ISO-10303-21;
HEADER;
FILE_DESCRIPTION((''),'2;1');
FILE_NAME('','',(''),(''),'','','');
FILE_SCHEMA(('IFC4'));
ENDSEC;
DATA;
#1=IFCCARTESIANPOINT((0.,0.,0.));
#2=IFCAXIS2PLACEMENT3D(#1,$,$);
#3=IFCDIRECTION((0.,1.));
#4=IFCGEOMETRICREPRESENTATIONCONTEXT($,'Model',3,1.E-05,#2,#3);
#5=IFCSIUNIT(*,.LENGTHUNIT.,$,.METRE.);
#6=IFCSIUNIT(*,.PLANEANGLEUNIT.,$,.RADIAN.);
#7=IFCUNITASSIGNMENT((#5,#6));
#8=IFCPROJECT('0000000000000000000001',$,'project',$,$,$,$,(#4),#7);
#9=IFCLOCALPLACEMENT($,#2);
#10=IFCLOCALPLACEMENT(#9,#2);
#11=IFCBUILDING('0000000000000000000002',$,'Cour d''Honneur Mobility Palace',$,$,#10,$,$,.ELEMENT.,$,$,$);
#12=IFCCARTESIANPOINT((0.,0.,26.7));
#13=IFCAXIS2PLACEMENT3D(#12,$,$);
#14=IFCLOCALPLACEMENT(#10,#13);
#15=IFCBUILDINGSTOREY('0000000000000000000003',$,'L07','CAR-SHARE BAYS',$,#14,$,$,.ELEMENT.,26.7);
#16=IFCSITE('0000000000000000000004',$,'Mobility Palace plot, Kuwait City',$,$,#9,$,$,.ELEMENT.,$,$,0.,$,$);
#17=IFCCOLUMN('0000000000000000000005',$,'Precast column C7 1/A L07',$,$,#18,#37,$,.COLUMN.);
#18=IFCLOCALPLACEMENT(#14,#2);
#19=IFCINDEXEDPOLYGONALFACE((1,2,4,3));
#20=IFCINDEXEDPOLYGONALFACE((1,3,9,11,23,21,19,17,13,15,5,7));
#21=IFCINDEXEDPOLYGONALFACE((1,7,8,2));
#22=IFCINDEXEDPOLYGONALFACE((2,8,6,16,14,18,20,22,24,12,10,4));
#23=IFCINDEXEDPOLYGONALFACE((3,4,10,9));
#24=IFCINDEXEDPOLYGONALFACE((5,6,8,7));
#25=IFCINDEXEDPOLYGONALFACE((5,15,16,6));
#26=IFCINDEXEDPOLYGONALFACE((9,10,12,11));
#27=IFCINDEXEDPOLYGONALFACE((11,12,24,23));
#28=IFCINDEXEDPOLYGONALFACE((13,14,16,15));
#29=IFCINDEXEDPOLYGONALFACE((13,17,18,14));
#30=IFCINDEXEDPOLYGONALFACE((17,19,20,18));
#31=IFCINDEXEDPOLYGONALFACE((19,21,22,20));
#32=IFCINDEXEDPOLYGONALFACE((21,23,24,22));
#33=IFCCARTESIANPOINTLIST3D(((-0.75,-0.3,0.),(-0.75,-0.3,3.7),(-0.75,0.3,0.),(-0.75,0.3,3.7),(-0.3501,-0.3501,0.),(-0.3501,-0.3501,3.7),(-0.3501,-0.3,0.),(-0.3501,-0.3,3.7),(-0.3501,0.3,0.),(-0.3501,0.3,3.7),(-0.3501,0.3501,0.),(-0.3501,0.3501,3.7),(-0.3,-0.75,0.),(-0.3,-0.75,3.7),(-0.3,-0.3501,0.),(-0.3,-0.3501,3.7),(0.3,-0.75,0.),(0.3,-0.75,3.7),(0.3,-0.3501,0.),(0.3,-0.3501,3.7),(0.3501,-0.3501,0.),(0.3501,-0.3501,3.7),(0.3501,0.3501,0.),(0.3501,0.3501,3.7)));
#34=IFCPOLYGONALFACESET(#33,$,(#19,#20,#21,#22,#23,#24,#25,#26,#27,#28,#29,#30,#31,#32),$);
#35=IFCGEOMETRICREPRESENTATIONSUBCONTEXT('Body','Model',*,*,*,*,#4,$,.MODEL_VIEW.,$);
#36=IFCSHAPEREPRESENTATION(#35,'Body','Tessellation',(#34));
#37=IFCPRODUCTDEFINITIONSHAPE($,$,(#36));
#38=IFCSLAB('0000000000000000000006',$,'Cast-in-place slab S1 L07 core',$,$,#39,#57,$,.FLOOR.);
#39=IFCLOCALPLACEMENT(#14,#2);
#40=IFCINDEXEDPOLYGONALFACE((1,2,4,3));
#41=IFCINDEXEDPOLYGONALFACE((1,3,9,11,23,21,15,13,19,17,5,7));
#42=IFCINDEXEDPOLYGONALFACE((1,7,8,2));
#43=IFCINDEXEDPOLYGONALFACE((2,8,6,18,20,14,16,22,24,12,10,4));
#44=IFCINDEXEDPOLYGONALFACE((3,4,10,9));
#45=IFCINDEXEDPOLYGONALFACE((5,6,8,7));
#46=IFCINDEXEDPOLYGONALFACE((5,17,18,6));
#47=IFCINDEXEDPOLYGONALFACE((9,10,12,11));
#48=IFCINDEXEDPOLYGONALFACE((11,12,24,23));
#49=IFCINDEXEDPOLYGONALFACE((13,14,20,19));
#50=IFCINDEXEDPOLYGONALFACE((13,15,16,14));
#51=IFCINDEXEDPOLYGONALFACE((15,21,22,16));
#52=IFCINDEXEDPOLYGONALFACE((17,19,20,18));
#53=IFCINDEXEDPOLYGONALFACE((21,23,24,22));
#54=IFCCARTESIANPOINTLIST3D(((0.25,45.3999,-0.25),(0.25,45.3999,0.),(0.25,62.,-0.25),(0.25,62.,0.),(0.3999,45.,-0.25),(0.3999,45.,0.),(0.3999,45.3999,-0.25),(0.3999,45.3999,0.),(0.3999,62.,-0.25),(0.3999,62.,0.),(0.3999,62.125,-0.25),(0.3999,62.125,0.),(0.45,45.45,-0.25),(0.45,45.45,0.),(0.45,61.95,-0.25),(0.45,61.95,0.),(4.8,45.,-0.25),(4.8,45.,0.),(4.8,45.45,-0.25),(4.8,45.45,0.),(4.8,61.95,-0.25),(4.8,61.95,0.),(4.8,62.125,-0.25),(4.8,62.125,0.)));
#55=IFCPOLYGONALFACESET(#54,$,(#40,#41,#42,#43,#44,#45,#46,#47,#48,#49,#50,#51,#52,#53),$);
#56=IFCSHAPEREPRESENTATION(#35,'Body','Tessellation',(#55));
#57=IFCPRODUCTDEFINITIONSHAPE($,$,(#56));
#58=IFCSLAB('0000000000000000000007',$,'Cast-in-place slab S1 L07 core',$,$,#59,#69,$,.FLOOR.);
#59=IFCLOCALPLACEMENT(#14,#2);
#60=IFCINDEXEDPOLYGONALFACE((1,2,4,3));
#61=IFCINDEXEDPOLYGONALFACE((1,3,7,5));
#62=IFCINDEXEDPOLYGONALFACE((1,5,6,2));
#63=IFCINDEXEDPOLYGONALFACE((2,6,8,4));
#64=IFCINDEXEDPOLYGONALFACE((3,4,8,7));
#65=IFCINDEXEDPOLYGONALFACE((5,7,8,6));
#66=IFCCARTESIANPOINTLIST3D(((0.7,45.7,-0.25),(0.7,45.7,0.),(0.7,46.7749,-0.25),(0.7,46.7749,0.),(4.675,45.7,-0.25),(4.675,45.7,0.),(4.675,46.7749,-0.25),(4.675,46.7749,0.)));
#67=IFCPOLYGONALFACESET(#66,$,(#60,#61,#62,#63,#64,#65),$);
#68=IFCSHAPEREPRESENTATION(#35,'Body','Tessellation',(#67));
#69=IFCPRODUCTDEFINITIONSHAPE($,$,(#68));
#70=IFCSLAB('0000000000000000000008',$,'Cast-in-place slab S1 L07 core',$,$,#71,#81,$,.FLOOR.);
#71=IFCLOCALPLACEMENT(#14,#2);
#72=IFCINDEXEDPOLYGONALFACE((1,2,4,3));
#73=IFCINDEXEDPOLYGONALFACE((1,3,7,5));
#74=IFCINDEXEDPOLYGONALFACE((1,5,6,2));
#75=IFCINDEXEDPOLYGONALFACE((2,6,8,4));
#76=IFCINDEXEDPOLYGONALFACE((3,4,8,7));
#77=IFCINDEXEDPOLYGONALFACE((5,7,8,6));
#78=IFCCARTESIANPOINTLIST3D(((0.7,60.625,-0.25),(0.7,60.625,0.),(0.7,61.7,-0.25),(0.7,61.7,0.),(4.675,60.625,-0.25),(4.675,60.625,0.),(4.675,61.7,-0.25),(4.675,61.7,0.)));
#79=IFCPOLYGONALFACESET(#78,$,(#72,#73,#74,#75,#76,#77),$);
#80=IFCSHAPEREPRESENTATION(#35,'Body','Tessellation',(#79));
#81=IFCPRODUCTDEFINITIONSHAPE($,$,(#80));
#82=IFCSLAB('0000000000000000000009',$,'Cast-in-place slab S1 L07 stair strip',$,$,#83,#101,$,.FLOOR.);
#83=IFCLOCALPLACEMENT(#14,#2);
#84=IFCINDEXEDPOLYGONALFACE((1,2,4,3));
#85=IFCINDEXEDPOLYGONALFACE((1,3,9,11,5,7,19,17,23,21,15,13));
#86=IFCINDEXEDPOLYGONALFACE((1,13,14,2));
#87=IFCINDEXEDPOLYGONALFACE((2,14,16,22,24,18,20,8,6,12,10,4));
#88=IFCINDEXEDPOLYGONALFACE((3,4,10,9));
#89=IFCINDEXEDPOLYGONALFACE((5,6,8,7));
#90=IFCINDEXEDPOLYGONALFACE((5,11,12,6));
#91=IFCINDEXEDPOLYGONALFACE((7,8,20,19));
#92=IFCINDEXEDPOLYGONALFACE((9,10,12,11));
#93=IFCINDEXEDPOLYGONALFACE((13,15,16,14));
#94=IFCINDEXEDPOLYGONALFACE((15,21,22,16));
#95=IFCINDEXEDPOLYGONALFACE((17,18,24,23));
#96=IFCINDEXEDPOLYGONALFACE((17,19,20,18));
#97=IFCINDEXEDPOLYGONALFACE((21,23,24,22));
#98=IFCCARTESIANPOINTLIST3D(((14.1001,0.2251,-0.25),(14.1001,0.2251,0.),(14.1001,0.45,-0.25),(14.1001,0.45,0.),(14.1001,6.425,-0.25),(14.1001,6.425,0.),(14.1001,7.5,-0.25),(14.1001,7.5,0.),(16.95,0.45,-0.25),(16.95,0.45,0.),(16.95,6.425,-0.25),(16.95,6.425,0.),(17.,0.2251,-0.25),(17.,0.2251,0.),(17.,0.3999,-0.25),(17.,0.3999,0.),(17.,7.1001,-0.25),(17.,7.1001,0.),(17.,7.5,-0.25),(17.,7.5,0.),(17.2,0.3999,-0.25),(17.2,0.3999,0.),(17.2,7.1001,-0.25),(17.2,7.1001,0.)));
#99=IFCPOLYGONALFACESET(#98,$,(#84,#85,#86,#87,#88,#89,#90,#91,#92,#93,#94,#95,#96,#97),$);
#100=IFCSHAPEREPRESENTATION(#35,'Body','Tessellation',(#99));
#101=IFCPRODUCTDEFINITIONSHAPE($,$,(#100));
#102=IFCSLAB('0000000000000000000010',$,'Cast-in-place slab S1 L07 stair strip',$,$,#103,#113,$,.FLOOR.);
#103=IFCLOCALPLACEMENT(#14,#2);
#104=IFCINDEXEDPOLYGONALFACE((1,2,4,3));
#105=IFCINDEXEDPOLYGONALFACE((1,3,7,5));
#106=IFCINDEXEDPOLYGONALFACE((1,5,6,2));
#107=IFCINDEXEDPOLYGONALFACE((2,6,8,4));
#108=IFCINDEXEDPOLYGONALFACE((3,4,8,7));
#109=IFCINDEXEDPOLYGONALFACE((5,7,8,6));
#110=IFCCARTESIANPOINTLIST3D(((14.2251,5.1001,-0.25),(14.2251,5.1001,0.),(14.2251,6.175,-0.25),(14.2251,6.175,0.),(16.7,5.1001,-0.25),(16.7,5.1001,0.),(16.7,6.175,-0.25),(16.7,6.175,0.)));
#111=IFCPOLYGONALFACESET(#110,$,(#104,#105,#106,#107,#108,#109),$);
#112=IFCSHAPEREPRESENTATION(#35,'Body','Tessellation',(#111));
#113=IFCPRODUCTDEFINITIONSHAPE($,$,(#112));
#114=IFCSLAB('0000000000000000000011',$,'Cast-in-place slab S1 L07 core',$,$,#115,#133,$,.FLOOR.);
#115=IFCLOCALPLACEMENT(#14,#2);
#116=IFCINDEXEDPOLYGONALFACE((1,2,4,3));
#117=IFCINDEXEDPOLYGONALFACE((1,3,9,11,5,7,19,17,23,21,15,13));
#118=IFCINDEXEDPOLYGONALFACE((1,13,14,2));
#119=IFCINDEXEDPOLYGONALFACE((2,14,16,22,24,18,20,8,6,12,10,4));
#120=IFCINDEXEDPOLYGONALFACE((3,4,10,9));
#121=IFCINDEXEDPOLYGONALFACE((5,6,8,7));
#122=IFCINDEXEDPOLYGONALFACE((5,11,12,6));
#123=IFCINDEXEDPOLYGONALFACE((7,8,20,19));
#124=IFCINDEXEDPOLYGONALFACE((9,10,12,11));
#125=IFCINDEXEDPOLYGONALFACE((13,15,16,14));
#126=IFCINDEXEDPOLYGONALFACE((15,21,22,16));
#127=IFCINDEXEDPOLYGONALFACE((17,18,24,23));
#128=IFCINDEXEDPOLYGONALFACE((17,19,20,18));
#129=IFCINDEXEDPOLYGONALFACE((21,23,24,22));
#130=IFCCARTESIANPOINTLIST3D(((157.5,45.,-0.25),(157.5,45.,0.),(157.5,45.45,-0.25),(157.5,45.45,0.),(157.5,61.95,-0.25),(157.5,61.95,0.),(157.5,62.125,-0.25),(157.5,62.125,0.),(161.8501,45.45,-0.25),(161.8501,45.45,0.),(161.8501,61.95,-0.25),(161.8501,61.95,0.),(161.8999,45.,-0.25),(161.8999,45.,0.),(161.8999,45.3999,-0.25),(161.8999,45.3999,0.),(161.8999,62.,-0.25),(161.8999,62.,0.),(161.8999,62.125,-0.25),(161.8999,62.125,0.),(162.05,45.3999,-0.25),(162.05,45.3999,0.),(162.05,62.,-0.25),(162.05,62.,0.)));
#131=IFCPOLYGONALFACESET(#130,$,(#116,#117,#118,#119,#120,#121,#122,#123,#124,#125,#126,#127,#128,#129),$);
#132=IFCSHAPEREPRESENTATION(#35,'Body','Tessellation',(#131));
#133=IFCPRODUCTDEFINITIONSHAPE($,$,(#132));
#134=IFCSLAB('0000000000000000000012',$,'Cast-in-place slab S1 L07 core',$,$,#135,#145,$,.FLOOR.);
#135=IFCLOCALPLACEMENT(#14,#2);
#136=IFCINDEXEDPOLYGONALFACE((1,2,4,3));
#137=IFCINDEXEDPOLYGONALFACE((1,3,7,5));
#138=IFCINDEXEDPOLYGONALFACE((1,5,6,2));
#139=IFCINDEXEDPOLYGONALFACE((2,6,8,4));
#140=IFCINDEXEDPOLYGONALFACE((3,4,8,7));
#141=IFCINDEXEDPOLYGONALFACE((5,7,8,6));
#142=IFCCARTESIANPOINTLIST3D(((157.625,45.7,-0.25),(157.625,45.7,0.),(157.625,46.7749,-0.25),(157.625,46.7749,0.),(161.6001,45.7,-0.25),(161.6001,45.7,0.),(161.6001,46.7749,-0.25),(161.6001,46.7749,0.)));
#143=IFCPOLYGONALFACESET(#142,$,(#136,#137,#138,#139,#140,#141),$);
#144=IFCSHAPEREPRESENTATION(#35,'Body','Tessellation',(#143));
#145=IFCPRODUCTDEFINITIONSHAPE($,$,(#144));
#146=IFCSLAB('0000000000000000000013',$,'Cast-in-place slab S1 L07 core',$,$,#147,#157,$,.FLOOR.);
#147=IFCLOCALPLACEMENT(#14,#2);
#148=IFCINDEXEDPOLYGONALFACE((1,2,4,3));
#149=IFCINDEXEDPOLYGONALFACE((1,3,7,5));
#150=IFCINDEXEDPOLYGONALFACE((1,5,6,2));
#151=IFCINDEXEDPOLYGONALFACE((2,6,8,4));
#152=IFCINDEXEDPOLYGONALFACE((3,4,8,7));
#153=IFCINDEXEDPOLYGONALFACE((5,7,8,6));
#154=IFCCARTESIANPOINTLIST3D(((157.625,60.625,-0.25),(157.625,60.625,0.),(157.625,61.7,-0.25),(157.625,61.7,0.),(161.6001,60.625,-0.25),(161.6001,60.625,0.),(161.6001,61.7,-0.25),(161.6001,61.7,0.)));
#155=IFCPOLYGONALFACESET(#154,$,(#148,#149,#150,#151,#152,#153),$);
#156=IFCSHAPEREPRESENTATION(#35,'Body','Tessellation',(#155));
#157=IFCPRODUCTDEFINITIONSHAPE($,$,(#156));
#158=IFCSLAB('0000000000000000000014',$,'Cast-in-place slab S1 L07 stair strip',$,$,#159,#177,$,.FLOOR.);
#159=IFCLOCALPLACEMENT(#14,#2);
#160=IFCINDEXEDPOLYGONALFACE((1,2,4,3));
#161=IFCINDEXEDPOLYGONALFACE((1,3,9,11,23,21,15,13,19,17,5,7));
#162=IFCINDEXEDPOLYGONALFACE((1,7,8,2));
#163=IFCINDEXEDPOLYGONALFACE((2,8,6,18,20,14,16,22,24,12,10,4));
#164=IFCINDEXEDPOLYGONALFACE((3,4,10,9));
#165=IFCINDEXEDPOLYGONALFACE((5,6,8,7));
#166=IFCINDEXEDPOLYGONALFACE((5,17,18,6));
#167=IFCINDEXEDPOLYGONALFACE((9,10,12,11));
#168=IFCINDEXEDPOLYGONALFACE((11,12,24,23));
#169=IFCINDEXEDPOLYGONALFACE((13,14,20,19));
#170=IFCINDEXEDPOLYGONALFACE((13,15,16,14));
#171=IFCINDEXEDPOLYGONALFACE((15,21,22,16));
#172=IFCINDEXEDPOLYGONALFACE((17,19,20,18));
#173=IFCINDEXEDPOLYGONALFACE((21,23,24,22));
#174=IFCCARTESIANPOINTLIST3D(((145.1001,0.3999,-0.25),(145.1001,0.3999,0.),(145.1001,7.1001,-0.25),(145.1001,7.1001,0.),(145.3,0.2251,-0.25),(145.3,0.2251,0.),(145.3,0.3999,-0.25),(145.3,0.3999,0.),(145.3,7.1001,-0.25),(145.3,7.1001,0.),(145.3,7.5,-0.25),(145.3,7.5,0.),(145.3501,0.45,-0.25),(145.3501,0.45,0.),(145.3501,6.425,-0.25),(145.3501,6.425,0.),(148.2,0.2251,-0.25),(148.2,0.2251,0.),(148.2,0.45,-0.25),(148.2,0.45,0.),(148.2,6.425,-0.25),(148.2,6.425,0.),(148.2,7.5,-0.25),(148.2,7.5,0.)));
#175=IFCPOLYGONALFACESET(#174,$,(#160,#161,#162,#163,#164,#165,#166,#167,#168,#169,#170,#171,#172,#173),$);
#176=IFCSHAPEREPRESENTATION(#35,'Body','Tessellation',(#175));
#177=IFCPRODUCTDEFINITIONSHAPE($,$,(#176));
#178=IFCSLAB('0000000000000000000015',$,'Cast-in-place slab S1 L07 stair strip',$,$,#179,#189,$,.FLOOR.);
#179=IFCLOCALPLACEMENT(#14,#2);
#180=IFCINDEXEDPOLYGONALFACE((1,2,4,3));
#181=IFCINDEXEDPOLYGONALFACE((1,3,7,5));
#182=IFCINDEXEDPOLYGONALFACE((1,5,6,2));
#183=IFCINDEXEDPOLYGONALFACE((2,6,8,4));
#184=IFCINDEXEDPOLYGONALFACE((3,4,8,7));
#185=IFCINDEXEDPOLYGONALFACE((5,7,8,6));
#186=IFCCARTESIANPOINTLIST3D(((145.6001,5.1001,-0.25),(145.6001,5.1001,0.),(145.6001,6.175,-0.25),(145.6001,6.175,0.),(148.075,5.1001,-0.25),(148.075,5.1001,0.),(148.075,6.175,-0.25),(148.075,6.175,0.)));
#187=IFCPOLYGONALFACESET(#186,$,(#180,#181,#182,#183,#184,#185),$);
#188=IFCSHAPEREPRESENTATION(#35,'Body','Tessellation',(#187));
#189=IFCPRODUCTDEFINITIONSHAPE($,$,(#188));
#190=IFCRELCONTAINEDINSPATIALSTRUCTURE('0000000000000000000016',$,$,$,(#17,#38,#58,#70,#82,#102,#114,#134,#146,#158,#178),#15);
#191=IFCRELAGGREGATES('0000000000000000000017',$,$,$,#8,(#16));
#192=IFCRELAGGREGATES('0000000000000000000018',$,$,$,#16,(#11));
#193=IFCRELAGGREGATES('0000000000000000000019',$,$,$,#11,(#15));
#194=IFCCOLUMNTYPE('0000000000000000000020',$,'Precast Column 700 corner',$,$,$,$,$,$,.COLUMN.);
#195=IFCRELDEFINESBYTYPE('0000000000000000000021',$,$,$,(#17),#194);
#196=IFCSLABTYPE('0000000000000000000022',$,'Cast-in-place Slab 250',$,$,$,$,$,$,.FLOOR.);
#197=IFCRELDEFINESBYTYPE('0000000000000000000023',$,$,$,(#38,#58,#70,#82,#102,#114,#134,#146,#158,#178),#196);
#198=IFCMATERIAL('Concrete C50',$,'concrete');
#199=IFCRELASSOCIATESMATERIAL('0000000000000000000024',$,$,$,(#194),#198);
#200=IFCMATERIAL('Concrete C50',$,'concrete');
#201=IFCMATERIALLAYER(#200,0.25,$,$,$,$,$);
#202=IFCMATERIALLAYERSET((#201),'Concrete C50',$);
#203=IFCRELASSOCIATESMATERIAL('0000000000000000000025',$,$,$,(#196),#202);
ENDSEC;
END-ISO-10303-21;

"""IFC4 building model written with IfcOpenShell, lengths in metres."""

from ifc_helpers import new_model, si_unit, direction, frame, origin, place, context, subcontext, project, spatial, polyline, outline, extrude, material, layer, layer_set, material_profile, profile_set, type_object, element, save


model = new_model("IFC4")

# Units and contexts
model_context = context("Model", 3, precision=1e-05, world=origin(), true_north=direction((0.0, 1.0)))
body_context = subcontext(model_context, "Body", "Model", "MODEL_VIEW")
ifc_project = project(units=[si_unit("LENGTHUNIT", "METRE"), si_unit("PLANEANGLEUNIT", "RADIAN")], contexts=[model_context])

# Site, building, storey
site_placement = place(None, origin())
site = spatial("IfcSite", under=ifc_project, at=site_placement, Name="Mobility Palace plot, Kuwait City", CompositionType="ELEMENT", RefElevation=0.0)
building_placement = place(site_placement, origin())
building = spatial("IfcBuilding", under=site, at=building_placement, Name="Cour d'Honneur Mobility Palace", CompositionType="ELEMENT")
storey_placement = place(building_placement, frame((0.0, 0.0, 26.7)))
storey = spatial("IfcBuildingStorey", under=building, at=storey_placement, Name="L07", Description="CAR-SHARE BAYS", CompositionType="ELEMENT", Elevation=26.7)

# Column
ifc_material_1 = material(Name="Concrete C50", Category="concrete")
ifc_material_profile = material_profile(ifc_material_1, outline(polyline([(-0.3501, -0.3501), (0.3501, -0.3501), (0.3501, -0.3), (0.75, -0.3), (0.75, 0.3), (0.3501, 0.3), (0.3501, 0.3501), (0.3, 0.3501), (0.3, 0.75), (-0.3, 0.75), (-0.3, 0.3501), (-0.3501, 0.3501), (-0.3501, -0.3501)])), Name="PC C700 corner")
ifc_profile_set = profile_set([ifc_material_profile], Name="Concrete C50")
column_type = type_object("IfcColumnType", Name="Precast Column 700 corner", PredefinedType="COLUMN", material=ifc_profile_set)
column_placement = place(storey_placement, frame((0.0, 0.0, 0.0), z_axis=(0.0, 0.0, 1.0), x_axis=(-1.0, 0.0, 0.0)))
element("IfcColumn", 1, at=column_placement, inside=storey, type_object=column_type, Name="Precast column C7 1/A L07", PredefinedType="COLUMN", context=body_context, shape_type="SweptSolid", body=[
    extrude(outline(polyline([(-0.3501, -0.3501), (0.3501, -0.3501), (0.3501, -0.3), (0.75, -0.3), (0.75, 0.3), (0.3501, 0.3), (0.3501, 0.3501), (0.3, 0.3501), (0.3, 0.75), (-0.3, 0.75), (-0.3, 0.3501), (-0.3501, 0.3501), (-0.3501, -0.3501)])), origin(), (0.0, 0.0, 1.0), 3.7),
])

# Slabs
ifc_material_2 = material(Name="Concrete C50", Category="concrete")
ifc_layer_1 = layer(ifc_material_2, 0.25)
ifc_layer_set_1 = layer_set([ifc_layer_1], Name="Concrete C50")
slab_type_1 = type_object("IfcSlabType", Name="Cast-in-place Slab 250", PredefinedType="FLOOR", material=ifc_layer_set_1)
slab_1_placement = place(storey_placement, frame((0.0, 0.0, -0.25)))
element("IfcSlab", 2, at=slab_1_placement, inside=storey, type_object=slab_type_1, Name="Cast-in-place slab S1 L07 core", PredefinedType="FLOOR", context=body_context, shape_type="SweptSolid", body=[
    extrude(outline(polyline([(0.3999, 45.3999), (0.25, 45.3999), (0.25, 62.0), (0.3999, 62.0), (0.3999, 62.125), (4.8, 62.125), (4.8, 61.95), (0.45, 61.95), (0.45, 45.45), (4.8, 45.45), (4.8, 45.0), (0.3999, 45.0), (0.3999, 45.3999)])), origin(), (0.0, 0.0, 1.0), 0.25),
])
slab_2_placement = place(storey_placement, frame((0.0, 0.0, -0.25)))
element("IfcSlab", 3, at=slab_2_placement, inside=storey, type_object=slab_type_1, Name="Cast-in-place slab S1 L07 core", PredefinedType="FLOOR", context=body_context, shape_type="SweptSolid", body=[
    extrude(outline(polyline([(0.7, 45.7), (0.7, 46.7749), (4.675, 46.7749), (4.675, 45.7), (0.7, 45.7)])), origin(), (0.0, 0.0, 1.0), 0.25),
])
slab_3_placement = place(storey_placement, frame((0.0, 0.0, -0.25)))
element("IfcSlab", 4, at=slab_3_placement, inside=storey, type_object=slab_type_1, Name="Cast-in-place slab S1 L07 core", PredefinedType="FLOOR", context=body_context, shape_type="SweptSolid", body=[
    extrude(outline(polyline([(4.675, 61.7), (4.675, 60.625), (0.7, 60.625), (0.7, 61.7), (4.675, 61.7)])), origin(), (0.0, 0.0, 1.0), 0.25),
])
slab_4_placement = place(storey_placement, frame((0.0, 0.0, -0.25)))
element("IfcSlab", 5, at=slab_4_placement, inside=storey, type_object=slab_type_1, Name="Cast-in-place slab S1 L07 stair strip", PredefinedType="FLOOR", context=body_context, shape_type="SweptSolid", body=[
    extrude(outline(polyline([(17.0, 7.1001), (17.2, 7.1001), (17.2, 0.3999), (17.0, 0.3999), (17.0, 0.2251), (14.1001, 0.2251), (14.1001, 0.45), (16.95, 0.45), (16.95, 6.425), (14.1001, 6.425), (14.1001, 7.5), (17.0, 7.5), (17.0, 7.1001)])), origin(), (0.0, 0.0, 1.0), 0.25),
])
slab_5_placement = place(storey_placement, frame((0.0, 0.0, -0.25)))
element("IfcSlab", 6, at=slab_5_placement, inside=storey, type_object=slab_type_1, Name="Cast-in-place slab S1 L07 stair strip", PredefinedType="FLOOR", context=body_context, shape_type="SweptSolid", body=[
    extrude(outline(polyline([(16.7, 6.175), (16.7, 5.1001), (14.2251, 5.1001), (14.2251, 6.175), (16.7, 6.175)])), origin(), (0.0, 0.0, 1.0), 0.25),
])
slab_6_placement = place(storey_placement, frame((0.0, 0.0, -0.25)))
element("IfcSlab", 7, at=slab_6_placement, inside=storey, type_object=slab_type_1, Name="Cast-in-place slab S1 L07 core", PredefinedType="FLOOR", context=body_context, shape_type="SweptSolid", body=[
    extrude(outline(polyline([(161.8999, 62.0), (162.05, 62.0), (162.05, 45.3999), (161.8999, 45.3999), (161.8999, 45.0), (157.5, 45.0), (157.5, 45.45), (161.8501, 45.45), (161.8501, 61.95), (157.5, 61.95), (157.5, 62.125), (161.8999, 62.125), (161.8999, 62.0)])), origin(), (0.0, 0.0, 1.0), 0.25),
])
slab_7_placement = place(storey_placement, frame((0.0, 0.0, -0.25)))
element("IfcSlab", 8, at=slab_7_placement, inside=storey, type_object=slab_type_1, Name="Cast-in-place slab S1 L07 core", PredefinedType="FLOOR", context=body_context, shape_type="SweptSolid", body=[
    extrude(outline(polyline([(157.625, 46.7749), (161.6001, 46.7749), (161.6001, 45.7), (157.625, 45.7), (157.625, 46.7749)])), origin(), (0.0, 0.0, 1.0), 0.25),
])
slab_8_placement = place(storey_placement, frame((0.0, 0.0, -0.25)))
element("IfcSlab", 9, at=slab_8_placement, inside=storey, type_object=slab_type_1, Name="Cast-in-place slab S1 L07 core", PredefinedType="FLOOR", context=body_context, shape_type="SweptSolid", body=[
    extrude(outline(polyline([(161.6001, 60.625), (157.625, 60.625), (157.625, 61.7), (161.6001, 61.7), (161.6001, 60.625)])), origin(), (0.0, 0.0, 1.0), 0.25),
])
slab_9_placement = place(storey_placement, frame((0.0, 0.0, -0.25)))
element("IfcSlab", 10, at=slab_9_placement, inside=storey, type_object=slab_type_1, Name="Cast-in-place slab S1 L07 stair strip", PredefinedType="FLOOR", context=body_context, shape_type="SweptSolid", body=[
    extrude(outline(polyline([(145.3, 0.3999), (145.1001, 0.3999), (145.1001, 7.1001), (145.3, 7.1001), (145.3, 7.5), (148.2, 7.5), (148.2, 6.425), (145.3501, 6.425), (145.3501, 0.45), (148.2, 0.45), (148.2, 0.2251), (145.3, 0.2251), (145.3, 0.3999)])), origin(), (0.0, 0.0, 1.0), 0.25),
])
slab_10_placement = place(storey_placement, frame((0.0, 0.0, -0.25)))
element("IfcSlab", 11, at=slab_10_placement, inside=storey, type_object=slab_type_1, Name="Cast-in-place slab S1 L07 stair strip", PredefinedType="FLOOR", context=body_context, shape_type="SweptSolid", body=[
    extrude(outline(polyline([(148.075, 6.175), (148.075, 5.1001), (145.6001, 5.1001), (145.6001, 6.175), (148.075, 6.175)])), origin(), (0.0, 0.0, 1.0), 0.25),
])

save(model, "model.ifc")
